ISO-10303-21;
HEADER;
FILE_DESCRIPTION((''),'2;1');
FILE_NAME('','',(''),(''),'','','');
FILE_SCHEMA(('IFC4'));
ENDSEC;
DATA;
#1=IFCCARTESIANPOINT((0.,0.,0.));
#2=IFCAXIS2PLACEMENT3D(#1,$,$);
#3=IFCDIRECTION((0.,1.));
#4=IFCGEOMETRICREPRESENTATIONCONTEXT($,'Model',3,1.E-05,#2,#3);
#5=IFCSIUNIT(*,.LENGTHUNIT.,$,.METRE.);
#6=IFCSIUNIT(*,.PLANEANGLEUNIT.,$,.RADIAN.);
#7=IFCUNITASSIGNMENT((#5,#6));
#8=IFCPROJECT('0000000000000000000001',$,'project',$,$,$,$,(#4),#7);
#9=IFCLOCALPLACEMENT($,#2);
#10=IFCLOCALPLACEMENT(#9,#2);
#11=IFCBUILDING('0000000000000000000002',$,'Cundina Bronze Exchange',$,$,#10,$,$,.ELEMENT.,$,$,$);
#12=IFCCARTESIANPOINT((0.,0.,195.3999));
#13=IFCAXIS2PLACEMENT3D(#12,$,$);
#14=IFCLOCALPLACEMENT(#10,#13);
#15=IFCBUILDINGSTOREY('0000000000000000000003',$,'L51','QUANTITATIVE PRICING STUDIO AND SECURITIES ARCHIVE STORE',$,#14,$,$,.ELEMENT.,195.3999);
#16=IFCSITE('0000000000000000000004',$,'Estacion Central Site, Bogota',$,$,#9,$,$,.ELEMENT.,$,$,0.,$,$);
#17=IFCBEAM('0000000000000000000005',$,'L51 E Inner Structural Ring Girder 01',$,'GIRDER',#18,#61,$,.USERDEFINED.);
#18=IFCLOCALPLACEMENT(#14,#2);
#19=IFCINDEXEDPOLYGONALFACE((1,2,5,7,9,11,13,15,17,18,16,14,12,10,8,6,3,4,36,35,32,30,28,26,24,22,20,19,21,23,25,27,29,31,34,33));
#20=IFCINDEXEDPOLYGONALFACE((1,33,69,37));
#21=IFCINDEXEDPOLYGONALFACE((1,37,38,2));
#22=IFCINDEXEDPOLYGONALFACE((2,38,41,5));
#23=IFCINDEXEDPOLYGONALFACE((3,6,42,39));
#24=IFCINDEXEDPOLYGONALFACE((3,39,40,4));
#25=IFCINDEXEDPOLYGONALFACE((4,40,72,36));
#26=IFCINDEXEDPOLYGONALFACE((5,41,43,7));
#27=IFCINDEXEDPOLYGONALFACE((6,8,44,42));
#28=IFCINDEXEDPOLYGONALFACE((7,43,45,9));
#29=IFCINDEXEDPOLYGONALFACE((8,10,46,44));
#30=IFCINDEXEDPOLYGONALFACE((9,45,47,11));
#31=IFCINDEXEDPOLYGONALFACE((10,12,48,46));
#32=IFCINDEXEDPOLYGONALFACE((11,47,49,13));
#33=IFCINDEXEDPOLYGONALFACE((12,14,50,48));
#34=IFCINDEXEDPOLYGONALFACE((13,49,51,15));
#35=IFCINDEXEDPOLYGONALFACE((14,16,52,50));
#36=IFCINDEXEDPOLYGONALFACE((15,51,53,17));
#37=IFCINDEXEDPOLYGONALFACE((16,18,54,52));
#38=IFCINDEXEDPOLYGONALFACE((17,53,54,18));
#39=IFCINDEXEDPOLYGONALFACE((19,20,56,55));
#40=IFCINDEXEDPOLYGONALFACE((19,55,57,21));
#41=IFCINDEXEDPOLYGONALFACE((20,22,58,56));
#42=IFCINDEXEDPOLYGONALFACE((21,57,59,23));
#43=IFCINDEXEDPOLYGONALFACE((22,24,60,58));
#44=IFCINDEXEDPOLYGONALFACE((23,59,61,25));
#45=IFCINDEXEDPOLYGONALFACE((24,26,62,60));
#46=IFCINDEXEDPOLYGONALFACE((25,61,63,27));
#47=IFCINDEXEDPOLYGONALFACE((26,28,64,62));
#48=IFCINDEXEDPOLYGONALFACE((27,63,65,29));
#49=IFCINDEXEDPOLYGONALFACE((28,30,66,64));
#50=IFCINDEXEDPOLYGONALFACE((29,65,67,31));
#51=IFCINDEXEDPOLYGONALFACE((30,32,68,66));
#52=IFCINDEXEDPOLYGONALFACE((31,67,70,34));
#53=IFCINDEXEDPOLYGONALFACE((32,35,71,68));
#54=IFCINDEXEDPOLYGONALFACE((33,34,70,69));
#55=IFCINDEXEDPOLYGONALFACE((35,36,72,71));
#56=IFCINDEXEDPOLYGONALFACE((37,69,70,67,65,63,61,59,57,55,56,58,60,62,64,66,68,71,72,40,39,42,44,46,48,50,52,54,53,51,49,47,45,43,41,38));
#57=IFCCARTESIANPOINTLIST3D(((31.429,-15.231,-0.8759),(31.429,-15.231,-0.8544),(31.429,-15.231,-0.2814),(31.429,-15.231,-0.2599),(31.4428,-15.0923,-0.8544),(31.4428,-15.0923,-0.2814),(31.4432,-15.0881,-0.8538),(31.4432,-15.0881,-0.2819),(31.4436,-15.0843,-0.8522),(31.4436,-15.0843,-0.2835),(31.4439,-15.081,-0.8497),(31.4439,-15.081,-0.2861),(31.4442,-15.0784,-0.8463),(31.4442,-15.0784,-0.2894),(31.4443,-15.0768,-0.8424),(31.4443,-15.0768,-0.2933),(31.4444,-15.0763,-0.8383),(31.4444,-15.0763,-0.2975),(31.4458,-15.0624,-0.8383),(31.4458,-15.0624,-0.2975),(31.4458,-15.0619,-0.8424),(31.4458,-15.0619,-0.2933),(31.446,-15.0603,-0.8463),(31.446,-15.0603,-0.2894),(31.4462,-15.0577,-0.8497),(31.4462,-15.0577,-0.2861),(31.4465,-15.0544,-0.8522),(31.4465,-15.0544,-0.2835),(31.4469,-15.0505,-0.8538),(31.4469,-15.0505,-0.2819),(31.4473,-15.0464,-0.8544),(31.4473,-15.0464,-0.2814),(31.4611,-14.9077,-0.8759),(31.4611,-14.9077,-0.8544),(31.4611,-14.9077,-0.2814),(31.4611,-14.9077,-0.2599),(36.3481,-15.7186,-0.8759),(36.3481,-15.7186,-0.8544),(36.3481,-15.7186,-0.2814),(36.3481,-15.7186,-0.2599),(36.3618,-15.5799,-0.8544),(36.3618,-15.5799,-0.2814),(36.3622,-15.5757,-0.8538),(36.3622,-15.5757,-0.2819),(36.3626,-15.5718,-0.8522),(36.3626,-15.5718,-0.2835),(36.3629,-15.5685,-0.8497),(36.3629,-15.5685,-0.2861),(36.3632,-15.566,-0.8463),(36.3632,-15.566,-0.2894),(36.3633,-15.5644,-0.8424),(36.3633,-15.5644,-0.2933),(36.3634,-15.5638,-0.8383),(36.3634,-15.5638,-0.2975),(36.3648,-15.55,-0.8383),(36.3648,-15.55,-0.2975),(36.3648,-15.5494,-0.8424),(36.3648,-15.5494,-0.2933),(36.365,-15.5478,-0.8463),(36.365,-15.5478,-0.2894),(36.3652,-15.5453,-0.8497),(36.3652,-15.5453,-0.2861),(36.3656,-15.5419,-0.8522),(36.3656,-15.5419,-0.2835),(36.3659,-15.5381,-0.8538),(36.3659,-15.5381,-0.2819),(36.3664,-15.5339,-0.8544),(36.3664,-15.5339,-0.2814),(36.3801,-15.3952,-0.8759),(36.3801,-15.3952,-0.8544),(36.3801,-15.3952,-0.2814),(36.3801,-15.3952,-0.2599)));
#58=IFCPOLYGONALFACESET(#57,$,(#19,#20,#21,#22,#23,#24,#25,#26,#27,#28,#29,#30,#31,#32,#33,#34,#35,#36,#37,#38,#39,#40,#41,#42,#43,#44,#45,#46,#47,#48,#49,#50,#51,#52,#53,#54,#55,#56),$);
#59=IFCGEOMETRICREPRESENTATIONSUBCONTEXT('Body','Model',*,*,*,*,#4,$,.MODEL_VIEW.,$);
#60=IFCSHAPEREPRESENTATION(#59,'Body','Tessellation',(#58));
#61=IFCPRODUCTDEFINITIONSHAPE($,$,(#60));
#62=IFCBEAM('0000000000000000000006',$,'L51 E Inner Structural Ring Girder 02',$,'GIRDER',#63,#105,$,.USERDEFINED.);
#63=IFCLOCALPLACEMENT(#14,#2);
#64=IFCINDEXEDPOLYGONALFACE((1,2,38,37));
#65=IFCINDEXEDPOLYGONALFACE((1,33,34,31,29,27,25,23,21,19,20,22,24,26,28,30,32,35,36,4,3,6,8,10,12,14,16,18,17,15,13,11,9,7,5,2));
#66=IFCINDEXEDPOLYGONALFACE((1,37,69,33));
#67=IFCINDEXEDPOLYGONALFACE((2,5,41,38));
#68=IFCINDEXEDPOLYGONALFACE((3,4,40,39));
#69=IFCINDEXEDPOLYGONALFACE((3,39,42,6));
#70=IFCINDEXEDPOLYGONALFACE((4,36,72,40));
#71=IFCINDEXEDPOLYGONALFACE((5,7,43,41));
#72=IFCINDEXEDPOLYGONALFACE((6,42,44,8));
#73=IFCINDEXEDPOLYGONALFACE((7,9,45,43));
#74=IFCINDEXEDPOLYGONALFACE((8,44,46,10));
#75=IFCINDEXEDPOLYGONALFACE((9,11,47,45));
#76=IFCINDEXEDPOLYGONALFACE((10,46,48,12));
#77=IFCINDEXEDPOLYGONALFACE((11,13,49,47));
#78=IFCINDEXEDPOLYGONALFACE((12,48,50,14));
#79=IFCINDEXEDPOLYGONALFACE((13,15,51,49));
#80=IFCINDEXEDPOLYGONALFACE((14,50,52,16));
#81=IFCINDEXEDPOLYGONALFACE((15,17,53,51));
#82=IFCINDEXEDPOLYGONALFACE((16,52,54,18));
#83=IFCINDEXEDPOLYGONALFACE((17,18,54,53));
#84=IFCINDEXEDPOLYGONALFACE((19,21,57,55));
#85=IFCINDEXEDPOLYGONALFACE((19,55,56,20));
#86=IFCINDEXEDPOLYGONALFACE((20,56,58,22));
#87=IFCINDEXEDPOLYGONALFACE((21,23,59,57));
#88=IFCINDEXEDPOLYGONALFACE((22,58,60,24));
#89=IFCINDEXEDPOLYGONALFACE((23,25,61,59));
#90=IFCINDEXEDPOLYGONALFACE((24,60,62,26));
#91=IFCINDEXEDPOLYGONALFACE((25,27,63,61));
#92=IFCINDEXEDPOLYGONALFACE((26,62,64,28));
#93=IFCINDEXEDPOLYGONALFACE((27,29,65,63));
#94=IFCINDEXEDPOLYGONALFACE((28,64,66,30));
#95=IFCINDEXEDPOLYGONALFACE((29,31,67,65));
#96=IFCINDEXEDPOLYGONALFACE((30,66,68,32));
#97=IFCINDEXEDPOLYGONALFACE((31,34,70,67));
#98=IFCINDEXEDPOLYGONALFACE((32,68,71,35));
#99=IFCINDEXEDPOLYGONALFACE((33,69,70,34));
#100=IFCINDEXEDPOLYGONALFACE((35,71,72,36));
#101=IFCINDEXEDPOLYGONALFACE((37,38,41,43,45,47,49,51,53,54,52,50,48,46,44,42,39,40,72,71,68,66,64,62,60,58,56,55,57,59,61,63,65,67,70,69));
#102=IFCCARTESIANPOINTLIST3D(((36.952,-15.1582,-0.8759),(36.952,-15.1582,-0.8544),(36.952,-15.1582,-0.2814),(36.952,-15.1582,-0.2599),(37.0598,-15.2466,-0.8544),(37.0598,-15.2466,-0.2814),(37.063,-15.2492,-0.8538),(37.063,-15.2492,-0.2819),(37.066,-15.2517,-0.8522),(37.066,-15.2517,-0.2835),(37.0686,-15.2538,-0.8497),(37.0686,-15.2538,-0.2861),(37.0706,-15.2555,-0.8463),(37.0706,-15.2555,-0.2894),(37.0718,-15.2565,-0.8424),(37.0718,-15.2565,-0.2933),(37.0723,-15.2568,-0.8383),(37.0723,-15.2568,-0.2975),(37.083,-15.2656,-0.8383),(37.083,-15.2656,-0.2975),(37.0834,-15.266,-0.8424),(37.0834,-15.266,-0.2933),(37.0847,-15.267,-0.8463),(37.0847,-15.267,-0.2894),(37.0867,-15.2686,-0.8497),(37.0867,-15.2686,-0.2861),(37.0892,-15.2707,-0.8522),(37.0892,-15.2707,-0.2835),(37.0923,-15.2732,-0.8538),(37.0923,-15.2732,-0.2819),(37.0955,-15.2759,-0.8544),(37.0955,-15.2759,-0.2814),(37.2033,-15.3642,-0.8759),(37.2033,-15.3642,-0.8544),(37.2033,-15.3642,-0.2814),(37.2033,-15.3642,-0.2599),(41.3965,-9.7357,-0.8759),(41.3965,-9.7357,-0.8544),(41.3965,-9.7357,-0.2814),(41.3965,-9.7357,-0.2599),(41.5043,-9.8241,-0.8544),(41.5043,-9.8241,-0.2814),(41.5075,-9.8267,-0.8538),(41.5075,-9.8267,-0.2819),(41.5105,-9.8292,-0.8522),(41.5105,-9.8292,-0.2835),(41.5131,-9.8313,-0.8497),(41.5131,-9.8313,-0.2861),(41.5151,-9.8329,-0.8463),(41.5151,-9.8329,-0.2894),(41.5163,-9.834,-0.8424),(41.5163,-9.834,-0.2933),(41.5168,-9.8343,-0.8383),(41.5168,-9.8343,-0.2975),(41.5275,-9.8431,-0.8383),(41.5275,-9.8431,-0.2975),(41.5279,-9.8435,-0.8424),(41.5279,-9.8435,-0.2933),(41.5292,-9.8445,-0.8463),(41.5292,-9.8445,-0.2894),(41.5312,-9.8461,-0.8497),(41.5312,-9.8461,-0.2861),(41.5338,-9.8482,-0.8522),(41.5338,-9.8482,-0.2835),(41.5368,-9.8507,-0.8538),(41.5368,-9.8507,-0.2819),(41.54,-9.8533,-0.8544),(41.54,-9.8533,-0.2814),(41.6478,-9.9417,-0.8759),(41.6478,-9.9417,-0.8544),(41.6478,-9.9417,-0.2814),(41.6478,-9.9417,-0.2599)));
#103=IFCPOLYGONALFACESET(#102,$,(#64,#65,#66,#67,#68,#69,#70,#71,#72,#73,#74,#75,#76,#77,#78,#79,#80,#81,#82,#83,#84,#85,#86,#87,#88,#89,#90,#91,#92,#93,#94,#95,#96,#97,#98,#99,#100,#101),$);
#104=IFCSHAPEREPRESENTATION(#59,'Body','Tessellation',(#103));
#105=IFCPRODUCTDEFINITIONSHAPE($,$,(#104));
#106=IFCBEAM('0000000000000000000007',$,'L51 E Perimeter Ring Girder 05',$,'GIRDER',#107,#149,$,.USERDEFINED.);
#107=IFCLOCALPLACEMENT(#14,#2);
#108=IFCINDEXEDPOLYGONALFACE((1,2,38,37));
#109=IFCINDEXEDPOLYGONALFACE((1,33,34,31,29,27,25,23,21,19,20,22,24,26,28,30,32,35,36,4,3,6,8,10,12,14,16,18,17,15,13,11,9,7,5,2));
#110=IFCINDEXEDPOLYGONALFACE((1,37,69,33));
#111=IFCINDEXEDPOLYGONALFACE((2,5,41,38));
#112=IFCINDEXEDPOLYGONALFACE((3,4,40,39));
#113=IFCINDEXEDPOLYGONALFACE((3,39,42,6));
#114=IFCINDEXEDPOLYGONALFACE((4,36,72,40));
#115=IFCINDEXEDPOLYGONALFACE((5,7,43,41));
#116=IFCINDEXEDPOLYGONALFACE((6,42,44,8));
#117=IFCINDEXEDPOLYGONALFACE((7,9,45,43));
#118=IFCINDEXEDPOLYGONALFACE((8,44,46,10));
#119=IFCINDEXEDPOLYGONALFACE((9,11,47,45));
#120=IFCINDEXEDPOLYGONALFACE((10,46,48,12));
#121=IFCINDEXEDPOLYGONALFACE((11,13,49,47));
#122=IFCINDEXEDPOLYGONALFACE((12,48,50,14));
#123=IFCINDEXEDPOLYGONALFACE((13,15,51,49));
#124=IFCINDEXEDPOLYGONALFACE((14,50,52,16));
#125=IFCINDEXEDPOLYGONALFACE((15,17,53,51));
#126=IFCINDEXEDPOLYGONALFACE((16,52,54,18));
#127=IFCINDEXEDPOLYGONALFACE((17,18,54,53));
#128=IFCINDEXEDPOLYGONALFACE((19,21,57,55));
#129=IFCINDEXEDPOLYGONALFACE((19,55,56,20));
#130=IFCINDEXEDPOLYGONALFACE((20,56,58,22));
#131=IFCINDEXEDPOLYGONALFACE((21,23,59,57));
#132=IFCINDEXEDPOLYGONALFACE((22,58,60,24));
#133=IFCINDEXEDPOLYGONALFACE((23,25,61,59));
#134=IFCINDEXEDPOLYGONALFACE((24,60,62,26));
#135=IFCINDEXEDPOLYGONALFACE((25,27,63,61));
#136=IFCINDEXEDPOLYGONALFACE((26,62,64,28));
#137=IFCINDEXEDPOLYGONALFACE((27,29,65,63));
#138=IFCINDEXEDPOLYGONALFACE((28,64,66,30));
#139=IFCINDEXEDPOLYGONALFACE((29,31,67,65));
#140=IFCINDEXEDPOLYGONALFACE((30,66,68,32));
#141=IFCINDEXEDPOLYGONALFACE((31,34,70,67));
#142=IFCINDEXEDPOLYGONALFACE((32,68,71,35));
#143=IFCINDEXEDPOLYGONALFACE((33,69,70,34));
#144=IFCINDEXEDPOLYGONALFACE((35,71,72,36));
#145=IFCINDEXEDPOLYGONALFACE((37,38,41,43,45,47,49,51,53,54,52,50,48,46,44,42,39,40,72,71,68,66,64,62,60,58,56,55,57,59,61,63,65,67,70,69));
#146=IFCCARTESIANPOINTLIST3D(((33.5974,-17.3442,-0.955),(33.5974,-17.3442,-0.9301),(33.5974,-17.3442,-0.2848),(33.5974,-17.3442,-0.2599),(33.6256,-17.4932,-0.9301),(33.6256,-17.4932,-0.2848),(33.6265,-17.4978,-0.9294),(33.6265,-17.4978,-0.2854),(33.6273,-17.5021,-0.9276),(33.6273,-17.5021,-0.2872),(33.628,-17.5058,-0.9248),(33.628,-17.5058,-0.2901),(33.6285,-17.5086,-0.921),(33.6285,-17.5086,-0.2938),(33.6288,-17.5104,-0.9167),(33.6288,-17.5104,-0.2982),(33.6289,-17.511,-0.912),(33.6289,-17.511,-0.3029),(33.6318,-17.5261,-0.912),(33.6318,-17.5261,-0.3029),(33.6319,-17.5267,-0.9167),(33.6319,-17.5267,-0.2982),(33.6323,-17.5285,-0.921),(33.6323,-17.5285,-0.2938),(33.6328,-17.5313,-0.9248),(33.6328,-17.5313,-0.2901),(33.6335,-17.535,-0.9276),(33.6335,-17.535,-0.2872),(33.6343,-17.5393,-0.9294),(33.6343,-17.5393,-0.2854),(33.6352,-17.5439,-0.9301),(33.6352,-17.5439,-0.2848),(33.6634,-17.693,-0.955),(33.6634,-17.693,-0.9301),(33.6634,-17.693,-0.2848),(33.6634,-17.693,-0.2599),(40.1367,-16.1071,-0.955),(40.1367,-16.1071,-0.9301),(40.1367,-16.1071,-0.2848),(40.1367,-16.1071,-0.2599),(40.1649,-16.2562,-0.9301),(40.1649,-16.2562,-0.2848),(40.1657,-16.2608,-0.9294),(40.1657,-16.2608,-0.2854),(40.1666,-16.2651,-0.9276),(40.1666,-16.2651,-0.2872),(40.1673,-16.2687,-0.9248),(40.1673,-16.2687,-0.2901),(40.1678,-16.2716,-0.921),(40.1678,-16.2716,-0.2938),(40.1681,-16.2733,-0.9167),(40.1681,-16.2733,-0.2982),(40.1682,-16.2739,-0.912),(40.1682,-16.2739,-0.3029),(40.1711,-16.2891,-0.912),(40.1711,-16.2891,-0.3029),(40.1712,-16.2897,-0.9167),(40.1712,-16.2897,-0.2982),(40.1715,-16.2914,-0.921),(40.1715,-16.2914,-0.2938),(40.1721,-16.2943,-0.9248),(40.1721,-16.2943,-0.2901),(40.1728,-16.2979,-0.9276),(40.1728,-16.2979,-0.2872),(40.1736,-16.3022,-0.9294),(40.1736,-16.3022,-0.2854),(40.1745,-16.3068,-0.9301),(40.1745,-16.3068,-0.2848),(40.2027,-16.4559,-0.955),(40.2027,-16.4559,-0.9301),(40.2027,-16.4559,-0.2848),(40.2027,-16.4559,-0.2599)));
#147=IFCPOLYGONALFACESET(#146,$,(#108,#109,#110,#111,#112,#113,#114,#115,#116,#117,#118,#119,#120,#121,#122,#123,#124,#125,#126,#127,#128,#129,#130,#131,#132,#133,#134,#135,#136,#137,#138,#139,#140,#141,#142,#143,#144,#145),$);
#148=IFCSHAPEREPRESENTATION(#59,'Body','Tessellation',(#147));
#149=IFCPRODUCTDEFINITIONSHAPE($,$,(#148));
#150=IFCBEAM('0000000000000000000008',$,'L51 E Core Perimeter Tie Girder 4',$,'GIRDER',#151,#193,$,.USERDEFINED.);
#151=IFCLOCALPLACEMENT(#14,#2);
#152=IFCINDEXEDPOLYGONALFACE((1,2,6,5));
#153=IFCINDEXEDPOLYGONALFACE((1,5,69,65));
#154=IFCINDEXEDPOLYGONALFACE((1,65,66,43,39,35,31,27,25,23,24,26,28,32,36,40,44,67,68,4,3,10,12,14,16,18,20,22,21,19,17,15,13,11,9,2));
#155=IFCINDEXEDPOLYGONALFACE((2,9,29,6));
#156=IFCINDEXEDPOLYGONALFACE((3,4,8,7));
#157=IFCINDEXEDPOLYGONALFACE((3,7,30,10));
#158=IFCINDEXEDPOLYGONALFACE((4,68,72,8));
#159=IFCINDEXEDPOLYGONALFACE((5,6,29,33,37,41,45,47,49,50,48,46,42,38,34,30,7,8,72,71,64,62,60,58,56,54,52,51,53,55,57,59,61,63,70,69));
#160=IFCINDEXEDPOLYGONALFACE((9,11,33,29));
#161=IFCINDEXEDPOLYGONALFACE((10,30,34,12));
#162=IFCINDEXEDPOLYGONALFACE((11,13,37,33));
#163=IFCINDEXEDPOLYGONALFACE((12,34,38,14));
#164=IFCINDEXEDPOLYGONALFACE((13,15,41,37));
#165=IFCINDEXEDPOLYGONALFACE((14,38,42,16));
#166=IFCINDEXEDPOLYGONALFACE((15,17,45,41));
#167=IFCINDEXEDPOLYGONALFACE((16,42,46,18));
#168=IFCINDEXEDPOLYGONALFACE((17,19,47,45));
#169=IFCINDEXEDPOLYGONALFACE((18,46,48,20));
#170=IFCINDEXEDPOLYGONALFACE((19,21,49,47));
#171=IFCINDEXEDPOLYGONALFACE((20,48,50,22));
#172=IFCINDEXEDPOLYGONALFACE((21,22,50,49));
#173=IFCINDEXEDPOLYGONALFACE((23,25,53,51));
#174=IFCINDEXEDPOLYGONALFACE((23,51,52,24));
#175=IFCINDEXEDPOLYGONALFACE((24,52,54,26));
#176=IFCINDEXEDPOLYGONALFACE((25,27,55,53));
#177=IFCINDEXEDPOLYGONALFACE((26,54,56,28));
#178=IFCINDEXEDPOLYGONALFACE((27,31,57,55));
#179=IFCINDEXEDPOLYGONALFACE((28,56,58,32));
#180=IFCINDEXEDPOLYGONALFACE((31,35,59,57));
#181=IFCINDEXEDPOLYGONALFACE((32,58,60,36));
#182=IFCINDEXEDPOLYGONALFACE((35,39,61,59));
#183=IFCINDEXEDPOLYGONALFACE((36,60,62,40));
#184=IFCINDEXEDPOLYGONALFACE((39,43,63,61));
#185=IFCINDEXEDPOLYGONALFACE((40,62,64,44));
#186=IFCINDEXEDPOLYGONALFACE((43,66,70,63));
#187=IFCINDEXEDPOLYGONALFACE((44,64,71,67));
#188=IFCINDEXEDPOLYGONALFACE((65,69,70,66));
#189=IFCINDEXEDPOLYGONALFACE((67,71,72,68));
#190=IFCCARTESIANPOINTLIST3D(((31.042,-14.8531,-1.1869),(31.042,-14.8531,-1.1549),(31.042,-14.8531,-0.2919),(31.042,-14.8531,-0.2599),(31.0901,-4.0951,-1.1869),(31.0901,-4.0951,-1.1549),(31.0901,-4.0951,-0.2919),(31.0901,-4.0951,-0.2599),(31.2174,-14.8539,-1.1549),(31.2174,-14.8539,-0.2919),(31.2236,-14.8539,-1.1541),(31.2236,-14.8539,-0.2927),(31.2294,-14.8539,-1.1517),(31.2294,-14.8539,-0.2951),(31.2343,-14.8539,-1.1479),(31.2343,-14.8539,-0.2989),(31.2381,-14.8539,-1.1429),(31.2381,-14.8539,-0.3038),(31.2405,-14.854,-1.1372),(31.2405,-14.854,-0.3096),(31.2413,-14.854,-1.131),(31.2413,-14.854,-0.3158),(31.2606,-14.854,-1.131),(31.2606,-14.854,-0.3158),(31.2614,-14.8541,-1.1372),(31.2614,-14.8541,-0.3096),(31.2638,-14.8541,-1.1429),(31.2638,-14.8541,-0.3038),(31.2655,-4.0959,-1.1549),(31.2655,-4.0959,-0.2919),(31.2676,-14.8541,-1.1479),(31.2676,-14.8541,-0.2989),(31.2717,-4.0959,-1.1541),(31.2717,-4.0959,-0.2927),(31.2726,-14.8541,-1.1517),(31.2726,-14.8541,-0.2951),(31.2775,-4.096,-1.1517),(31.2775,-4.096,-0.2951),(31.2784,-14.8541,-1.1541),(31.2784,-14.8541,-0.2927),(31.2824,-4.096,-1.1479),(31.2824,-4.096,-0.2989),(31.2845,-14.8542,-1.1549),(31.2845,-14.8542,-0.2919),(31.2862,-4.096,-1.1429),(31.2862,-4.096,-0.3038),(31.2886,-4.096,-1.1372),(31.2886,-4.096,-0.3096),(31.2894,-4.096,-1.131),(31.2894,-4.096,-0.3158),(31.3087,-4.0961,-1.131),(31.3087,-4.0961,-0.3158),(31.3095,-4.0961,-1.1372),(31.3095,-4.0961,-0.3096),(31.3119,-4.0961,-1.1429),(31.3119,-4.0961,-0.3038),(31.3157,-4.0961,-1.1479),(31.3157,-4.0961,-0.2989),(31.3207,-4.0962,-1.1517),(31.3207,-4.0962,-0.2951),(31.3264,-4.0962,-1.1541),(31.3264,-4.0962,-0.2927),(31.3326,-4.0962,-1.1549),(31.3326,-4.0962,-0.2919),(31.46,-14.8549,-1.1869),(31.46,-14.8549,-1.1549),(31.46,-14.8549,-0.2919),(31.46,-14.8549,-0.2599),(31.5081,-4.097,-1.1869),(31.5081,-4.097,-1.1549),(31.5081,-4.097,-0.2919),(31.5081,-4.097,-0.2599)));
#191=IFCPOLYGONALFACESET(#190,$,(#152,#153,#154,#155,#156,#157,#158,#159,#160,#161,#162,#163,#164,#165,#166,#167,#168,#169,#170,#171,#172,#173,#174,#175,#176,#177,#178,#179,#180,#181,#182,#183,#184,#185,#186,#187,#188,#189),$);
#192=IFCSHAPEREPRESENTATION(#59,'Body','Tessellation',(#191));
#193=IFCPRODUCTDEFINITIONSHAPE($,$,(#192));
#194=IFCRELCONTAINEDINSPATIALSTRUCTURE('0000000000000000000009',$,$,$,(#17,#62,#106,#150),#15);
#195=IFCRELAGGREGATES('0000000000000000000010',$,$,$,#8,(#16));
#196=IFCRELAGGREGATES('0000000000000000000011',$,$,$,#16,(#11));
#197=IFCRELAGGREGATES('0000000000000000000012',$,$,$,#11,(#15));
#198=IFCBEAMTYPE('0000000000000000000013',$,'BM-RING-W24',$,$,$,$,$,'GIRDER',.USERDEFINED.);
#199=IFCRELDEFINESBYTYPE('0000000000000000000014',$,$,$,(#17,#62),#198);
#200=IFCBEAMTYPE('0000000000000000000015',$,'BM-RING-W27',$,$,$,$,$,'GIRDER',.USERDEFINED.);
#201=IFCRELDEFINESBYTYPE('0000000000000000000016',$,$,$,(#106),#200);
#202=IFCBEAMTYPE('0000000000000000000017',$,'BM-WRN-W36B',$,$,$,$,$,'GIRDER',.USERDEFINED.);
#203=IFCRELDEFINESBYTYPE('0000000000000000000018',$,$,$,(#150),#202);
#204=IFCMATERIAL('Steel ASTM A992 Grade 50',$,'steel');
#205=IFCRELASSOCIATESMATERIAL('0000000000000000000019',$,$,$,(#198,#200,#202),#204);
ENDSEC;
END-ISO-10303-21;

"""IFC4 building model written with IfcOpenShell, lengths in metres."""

from ifc_helpers import new_model, si_unit, direction, frame, origin, origin_2d, place, context, subcontext, project, spatial, i_section, extrude, material, material_profile, profile_set, type_object, element, save


model = new_model("IFC4")

# Units and contexts
model_context = context("Model", 3, precision=1e-05, world=origin(), true_north=direction((0.0, 1.0)))
body_context = subcontext(model_context, "Body", "Model", "MODEL_VIEW")
ifc_project = project(units=[si_unit("LENGTHUNIT", "METRE"), si_unit("PLANEANGLEUNIT", "RADIAN")], contexts=[model_context])

# Site, building, storey
site_placement = place(None, origin())
site = spatial("IfcSite", under=ifc_project, at=site_placement, Name="Estacion Central Site, Bogota", CompositionType="ELEMENT", RefElevation=0.0)
building_placement = place(site_placement, origin())
building = spatial("IfcBuilding", under=site, at=building_placement, Name="Cundina Bronze Exchange", CompositionType="ELEMENT")
storey_placement = place(building_placement, frame((0.0, 0.0, 195.3999)))
storey = spatial("IfcBuildingStorey", under=building, at=storey_placement, Name="L51", Description="QUANTITATIVE PRICING STUDIO AND SECURITIES ARCHIVE STORE", CompositionType="ELEMENT", Elevation=195.3999)

# Shared definitions
ifc_material_1 = material(Name="Steel ASTM A992 Grade 50", Category="steel")

# Beams
ifc_material_profile_1 = material_profile(ifc_material_1, i_section(OverallWidth=0.325, OverallDepth=0.616, WebThickness=0.0139, FlangeThickness=0.0215, FilletRadius=0.0161, at=origin_2d()), Name="W24X117", Category="steel")
ifc_profile_set_1 = profile_set([ifc_material_profile_1], Name="Steel ASTM A992 Grade 50")
beam_type_1 = type_object("IfcBeamType", Name="BM-RING-W24", ElementType="GIRDER", PredefinedType="USERDEFINED", material=ifc_profile_set_1)
beam_1_placement = place(storey_placement, frame((31.4451, -15.0693, -0.5679), z_axis=(0.995124, -0.098633, 0.0), x_axis=(0.098633, 0.995124, 0.0)))
element("IfcBeam", 1, at=beam_1_placement, inside=storey, type_object=beam_type_1, Name="L51 E Inner Structural Ring Girder 01", ObjectType="GIRDER", PredefinedType="USERDEFINED", context=body_context, shape_type="SweptSolid", body=[
    extrude(i_section(OverallWidth=0.325, OverallDepth=0.616, WebThickness=0.0139, FlangeThickness=0.0215, FilletRadius=0.0161, at=origin_2d()), origin(), (0.0, 0.0, 1.0), 4.9431),
])
beam_2_placement = place(storey_placement, frame((37.0776, -15.2612, -0.5679), z_axis=(0.633913, 0.773405, 0.0), x_axis=(-0.773405, 0.633913, 0.0)))
element("IfcBeam", 2, at=beam_2_placement, inside=storey, type_object=beam_type_1, Name="L51 E Inner Structural Ring Girder 02", ObjectType="GIRDER", PredefinedType="USERDEFINED", context=body_context, shape_type="SweptSolid", body=[
    extrude(i_section(OverallWidth=0.325, OverallDepth=0.616, WebThickness=0.0139, FlangeThickness=0.0215, FilletRadius=0.0161, at=origin_2d()), origin(), (0.0, 0.0, 1.0), 7.0112),
])
ifc_material_profile_2 = material_profile(ifc_material_1, i_section(OverallWidth=0.355, OverallDepth=0.6951, WebThickness=0.0154, FlangeThickness=0.0249, FilletRadius=0.0181, at=origin_2d()), Name="W27X146", Category="steel")
ifc_profile_set_2 = profile_set([ifc_material_profile_2], Name="Steel ASTM A992 Grade 50")
beam_type_2 = type_object("IfcBeamType", Name="BM-RING-W27", ElementType="GIRDER", PredefinedType="USERDEFINED", material=ifc_profile_set_2)
beam_3_placement = place(storey_placement, frame((33.6304, -17.5186, -0.6074), z_axis=(0.982573, 0.185876, 0.0), x_axis=(-0.185876, 0.982573, 0.0)))
element("IfcBeam", 3, at=beam_3_placement, inside=storey, type_object=beam_type_2, Name="L51 E Perimeter Ring Girder 05", ObjectType="GIRDER", PredefinedType="USERDEFINED", context=body_context, shape_type="SweptSolid", body=[
    extrude(i_section(OverallWidth=0.355, OverallDepth=0.6951, WebThickness=0.0154, FlangeThickness=0.0249, FilletRadius=0.0181, at=origin_2d()), origin(), (0.0, 0.0, 1.0), 6.6553),
])
ifc_material_profile_3 = material_profile(ifc_material_1, i_section(OverallWidth=0.418, OverallDepth=0.927, WebThickness=0.0193, FlangeThickness=0.032, FilletRadius=0.0239, at=origin_2d()), Name="W36X231", Category="steel")
ifc_profile_set_3 = profile_set([ifc_material_profile_3], Name="Steel ASTM A992 Grade 50")
beam_type_3 = type_object("IfcBeamType", Name="BM-WRN-W36B", ElementType="GIRDER", PredefinedType="USERDEFINED", material=ifc_profile_set_3)
beam_4_placement = place(storey_placement, frame((31.251, -14.854, -0.7234), z_axis=(0.004471, 0.99999, 0.0), x_axis=(-0.99999, 0.004471, 0.0)))
element("IfcBeam", 4, at=beam_4_placement, inside=storey, type_object=beam_type_3, Name="L51 E Core Perimeter Tie Girder 4", ObjectType="GIRDER", PredefinedType="USERDEFINED", context=body_context, shape_type="SweptSolid", body=[
    extrude(i_section(OverallWidth=0.418, OverallDepth=0.927, WebThickness=0.0193, FlangeThickness=0.032, FilletRadius=0.0239, at=origin_2d()), origin(), (0.0, 0.0, 1.0), 10.7581),
])

save(model, "model.ifc")
